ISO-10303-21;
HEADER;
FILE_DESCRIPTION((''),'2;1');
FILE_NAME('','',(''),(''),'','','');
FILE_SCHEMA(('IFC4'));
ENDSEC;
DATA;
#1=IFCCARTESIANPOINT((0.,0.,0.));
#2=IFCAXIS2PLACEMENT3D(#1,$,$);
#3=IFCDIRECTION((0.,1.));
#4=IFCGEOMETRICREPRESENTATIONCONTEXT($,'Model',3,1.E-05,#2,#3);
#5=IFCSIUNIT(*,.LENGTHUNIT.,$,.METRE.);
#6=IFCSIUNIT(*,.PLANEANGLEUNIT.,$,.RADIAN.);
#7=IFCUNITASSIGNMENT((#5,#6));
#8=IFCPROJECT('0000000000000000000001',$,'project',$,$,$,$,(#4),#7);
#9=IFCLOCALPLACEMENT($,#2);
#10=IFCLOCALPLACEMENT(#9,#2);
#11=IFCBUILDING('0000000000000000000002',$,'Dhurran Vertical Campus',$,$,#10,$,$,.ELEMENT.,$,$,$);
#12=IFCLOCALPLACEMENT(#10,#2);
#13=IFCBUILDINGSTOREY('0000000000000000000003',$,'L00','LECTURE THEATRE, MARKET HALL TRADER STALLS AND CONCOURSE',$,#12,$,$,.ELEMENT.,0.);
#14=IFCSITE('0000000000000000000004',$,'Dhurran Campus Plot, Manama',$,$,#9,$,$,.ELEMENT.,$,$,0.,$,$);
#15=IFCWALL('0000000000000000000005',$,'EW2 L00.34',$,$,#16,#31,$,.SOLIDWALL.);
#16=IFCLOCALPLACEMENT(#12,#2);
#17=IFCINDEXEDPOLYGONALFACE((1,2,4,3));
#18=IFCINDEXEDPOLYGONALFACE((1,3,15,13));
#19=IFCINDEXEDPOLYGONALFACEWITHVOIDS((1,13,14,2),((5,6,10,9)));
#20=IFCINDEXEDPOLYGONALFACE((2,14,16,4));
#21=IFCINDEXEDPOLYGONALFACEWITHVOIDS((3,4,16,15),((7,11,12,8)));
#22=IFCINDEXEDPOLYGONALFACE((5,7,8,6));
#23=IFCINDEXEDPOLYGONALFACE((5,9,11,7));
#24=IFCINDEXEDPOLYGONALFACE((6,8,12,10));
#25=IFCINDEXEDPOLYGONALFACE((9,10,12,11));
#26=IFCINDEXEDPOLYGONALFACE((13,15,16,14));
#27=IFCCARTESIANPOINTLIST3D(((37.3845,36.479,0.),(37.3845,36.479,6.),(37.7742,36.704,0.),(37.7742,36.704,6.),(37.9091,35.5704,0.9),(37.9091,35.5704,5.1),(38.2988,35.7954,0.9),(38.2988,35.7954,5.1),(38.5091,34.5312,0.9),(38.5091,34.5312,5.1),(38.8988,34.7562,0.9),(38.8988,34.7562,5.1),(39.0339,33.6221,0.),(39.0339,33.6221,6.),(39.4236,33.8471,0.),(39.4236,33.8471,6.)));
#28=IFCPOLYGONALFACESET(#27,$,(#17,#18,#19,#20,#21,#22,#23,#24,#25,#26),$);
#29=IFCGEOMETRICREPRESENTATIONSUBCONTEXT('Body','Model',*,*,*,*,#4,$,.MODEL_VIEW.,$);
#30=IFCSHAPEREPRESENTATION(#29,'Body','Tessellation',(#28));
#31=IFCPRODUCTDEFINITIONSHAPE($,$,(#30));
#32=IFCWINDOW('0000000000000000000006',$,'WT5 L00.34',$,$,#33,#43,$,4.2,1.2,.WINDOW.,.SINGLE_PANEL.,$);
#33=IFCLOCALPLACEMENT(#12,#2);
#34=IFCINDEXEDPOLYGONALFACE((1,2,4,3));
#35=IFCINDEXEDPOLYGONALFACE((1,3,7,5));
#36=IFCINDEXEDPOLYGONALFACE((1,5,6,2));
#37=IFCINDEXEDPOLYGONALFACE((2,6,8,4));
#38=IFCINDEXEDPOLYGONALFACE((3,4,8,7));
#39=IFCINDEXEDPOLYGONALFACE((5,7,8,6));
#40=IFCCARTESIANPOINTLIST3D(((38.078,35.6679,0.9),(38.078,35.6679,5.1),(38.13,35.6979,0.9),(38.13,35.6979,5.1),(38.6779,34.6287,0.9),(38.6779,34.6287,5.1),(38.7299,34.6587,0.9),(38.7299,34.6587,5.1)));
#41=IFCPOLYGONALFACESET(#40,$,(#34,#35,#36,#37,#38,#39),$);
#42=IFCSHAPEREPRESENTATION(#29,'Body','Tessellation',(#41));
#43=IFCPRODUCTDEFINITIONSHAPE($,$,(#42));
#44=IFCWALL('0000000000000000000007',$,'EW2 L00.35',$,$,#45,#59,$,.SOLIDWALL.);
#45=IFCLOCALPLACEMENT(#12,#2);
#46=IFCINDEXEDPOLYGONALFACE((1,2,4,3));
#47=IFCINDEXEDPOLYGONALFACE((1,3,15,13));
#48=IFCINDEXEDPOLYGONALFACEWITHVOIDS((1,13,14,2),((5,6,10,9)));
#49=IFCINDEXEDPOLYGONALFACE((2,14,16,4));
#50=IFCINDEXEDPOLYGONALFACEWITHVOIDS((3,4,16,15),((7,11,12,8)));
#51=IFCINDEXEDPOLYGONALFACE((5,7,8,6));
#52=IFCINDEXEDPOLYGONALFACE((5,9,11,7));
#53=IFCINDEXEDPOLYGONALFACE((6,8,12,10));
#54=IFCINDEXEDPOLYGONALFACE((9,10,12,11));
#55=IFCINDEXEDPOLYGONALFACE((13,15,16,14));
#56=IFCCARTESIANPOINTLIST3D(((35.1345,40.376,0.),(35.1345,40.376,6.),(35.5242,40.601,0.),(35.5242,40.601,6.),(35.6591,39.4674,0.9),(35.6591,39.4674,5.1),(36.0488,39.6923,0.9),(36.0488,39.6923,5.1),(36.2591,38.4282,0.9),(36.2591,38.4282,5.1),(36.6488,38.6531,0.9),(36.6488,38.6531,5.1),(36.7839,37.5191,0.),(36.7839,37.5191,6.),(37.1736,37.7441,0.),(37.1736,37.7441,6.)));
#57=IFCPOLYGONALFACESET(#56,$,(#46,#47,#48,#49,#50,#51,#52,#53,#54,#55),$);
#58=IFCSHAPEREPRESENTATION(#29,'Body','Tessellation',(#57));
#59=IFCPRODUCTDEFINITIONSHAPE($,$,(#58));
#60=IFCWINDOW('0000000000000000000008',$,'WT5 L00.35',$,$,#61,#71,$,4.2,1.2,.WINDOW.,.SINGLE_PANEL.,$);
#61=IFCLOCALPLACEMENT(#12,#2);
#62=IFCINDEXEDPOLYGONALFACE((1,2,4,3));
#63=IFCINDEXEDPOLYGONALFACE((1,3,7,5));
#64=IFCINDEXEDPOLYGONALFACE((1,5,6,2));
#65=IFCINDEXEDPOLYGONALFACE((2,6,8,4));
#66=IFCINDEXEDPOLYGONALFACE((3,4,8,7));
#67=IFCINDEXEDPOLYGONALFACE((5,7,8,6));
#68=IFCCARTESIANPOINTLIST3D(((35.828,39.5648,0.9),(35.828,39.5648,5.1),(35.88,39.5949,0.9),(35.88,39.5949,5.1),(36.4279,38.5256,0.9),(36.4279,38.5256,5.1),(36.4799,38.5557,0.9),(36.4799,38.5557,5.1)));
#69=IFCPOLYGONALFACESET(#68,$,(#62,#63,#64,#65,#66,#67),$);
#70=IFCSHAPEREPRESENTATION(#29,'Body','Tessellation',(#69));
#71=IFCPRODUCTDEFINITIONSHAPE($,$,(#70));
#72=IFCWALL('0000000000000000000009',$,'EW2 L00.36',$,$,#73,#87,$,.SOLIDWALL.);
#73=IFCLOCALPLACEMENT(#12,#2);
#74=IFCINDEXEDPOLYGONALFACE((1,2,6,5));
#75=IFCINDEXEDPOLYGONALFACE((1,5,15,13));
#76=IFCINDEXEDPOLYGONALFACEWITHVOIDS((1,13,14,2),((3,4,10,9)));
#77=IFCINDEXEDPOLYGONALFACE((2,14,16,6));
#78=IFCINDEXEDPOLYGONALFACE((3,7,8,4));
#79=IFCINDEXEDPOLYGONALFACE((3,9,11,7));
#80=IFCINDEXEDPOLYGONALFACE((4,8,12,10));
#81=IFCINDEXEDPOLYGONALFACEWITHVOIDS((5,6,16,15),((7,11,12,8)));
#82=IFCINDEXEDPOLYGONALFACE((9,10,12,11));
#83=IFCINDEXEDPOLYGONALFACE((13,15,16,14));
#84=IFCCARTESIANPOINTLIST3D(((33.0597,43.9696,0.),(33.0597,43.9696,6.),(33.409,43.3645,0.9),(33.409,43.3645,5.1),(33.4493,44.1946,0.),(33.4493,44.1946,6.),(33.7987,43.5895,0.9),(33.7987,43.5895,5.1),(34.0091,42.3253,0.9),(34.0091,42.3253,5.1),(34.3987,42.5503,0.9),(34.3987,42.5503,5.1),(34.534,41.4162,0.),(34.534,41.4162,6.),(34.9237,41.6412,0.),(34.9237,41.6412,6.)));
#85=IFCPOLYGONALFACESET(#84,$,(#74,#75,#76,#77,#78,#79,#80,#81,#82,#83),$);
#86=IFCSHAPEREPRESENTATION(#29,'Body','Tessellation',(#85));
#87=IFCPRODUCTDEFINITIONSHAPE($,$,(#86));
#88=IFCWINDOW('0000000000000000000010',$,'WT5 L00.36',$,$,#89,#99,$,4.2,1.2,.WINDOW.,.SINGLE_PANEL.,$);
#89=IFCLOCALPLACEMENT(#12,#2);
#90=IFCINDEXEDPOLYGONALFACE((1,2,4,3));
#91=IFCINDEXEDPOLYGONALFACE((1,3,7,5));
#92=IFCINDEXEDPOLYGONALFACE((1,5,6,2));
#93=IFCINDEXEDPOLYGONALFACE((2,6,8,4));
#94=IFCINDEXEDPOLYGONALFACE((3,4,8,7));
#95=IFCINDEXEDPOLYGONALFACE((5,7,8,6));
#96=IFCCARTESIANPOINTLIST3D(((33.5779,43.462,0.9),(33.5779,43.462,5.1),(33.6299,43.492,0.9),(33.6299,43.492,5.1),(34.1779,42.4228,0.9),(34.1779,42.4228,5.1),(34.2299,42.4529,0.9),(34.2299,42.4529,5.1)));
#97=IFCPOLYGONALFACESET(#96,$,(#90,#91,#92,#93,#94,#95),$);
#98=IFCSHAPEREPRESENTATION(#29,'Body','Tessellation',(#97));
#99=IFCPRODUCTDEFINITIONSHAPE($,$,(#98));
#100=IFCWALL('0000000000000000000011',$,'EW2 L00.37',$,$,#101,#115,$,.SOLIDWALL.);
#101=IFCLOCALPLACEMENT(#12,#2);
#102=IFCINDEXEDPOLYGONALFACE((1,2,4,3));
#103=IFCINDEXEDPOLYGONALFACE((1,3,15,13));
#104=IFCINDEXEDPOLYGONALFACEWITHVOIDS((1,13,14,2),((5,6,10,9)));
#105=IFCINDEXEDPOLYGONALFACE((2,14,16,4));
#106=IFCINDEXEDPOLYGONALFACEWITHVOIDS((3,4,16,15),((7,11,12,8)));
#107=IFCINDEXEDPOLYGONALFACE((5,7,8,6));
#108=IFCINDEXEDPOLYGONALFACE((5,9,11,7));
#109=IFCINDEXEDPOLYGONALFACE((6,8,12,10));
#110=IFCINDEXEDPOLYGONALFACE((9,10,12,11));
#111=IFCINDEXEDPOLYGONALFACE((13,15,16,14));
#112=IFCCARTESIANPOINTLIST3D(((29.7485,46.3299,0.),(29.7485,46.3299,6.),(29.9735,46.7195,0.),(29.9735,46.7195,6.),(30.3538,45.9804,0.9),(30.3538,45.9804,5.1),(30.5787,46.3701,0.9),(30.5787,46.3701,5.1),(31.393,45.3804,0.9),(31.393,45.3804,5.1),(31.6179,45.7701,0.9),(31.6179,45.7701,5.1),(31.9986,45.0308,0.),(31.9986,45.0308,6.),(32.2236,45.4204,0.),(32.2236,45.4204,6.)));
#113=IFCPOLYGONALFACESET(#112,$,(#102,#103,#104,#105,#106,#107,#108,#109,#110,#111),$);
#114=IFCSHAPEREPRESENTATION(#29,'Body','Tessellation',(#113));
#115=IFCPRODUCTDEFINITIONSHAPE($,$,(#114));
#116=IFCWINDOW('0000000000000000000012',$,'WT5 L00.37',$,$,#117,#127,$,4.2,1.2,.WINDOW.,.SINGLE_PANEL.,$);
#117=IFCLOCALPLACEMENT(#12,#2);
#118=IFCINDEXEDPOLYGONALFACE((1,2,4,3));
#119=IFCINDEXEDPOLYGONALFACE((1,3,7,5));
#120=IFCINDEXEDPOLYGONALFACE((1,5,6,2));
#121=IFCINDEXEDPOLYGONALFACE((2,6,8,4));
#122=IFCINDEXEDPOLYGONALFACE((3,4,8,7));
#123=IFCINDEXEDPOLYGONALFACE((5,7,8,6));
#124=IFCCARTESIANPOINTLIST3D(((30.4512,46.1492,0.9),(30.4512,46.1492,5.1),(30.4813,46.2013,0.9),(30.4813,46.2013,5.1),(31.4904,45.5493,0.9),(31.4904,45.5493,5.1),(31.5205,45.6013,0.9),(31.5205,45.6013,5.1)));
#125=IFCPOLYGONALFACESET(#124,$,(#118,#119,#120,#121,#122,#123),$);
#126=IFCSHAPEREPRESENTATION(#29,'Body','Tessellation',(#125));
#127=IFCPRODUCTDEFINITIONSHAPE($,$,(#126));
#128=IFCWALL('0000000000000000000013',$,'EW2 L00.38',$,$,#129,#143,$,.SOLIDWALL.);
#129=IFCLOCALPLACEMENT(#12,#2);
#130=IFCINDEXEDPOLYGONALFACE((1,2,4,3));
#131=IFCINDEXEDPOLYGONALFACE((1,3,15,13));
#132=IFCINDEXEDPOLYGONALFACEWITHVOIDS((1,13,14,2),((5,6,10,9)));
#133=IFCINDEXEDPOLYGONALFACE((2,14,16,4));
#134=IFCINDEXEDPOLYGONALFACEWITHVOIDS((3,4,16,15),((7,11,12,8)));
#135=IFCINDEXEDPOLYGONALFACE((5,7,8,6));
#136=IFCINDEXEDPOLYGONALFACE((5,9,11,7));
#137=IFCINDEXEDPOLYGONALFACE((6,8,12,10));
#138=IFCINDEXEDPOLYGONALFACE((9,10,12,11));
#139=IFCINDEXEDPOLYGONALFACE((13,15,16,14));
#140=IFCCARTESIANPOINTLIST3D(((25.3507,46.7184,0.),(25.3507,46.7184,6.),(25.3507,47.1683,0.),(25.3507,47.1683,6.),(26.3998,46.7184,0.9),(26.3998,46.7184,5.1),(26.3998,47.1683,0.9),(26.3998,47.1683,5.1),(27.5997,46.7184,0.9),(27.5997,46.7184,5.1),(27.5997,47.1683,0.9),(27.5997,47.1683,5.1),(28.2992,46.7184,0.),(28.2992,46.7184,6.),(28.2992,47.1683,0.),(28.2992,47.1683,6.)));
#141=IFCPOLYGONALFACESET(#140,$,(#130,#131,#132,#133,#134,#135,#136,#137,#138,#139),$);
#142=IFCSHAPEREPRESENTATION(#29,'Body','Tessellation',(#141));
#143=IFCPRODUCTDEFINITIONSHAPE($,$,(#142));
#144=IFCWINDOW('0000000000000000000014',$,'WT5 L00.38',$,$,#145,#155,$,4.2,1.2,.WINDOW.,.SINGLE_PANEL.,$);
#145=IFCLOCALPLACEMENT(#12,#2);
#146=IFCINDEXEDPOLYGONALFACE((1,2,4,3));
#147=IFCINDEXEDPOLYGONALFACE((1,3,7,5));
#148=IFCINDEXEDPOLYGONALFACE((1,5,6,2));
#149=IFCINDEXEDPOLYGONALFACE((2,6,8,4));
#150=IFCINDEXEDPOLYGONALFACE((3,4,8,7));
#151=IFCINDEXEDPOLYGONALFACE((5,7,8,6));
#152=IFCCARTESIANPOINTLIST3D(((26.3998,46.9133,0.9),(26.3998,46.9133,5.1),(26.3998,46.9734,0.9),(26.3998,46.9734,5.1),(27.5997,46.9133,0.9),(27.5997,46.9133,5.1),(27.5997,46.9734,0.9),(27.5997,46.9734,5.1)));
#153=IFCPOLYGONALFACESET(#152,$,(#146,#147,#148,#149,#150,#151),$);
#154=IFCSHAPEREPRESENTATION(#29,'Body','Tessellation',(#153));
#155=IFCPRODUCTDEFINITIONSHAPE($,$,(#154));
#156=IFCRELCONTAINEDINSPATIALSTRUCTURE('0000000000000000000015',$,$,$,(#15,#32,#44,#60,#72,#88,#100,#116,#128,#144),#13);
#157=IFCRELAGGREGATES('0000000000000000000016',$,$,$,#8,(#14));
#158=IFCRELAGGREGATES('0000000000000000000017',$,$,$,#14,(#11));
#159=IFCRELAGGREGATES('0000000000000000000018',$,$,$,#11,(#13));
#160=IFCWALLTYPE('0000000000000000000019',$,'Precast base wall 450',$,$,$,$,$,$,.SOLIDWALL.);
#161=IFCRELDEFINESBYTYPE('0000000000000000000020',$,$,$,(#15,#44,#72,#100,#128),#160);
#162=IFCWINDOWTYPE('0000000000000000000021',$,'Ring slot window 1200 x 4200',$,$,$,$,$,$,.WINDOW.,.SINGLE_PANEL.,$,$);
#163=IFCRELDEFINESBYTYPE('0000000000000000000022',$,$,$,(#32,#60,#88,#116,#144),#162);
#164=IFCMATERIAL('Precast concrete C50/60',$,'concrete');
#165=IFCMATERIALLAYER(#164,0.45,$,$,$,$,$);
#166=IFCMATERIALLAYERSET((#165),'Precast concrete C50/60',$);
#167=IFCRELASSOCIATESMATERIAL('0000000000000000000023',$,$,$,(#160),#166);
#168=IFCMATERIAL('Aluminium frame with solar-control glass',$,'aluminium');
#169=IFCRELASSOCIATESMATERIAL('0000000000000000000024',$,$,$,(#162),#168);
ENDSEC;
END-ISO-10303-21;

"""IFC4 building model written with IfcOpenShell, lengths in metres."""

from ifc_helpers import new_model, si_unit, direction, frame, frame_2d, origin, place, context, subcontext, project, spatial, rectangle, extrude, material, layer, layer_set, type_object, element, fill, save


model = new_model("IFC4")

# Units and contexts
model_context = context("Model", 3, precision=1e-05, world=origin(), true_north=direction((0.0, 1.0)))
body_context = subcontext(model_context, "Body", "Model", "MODEL_VIEW")
ifc_project = project(units=[si_unit("LENGTHUNIT", "METRE"), si_unit("PLANEANGLEUNIT", "RADIAN")], contexts=[model_context])

# Site, building, storey
site_placement = place(None, origin())
site = spatial("IfcSite", under=ifc_project, at=site_placement, Name="Dhurran Campus Plot, Manama", CompositionType="ELEMENT", RefElevation=0.0)
building_placement = place(site_placement, origin())
building = spatial("IfcBuilding", under=site, at=building_placement, Name="Dhurran Vertical Campus", CompositionType="ELEMENT")
storey_placement = place(building_placement, origin())
storey = spatial("IfcBuildingStorey", under=building, at=storey_placement, Name="L00", Description="LECTURE THEATRE, MARKET HALL TRADER STALLS AND CONCOURSE", CompositionType="ELEMENT", Elevation=0.0)

# Walls, openings, windows
ifc_material_1 = material(Name="Precast concrete C50/60", Category="concrete")
ifc_layer_1 = layer(ifc_material_1, 0.45)
ifc_layer_set_1 = layer_set([ifc_layer_1], Name="Precast concrete C50/60")
wall_type_1 = type_object("IfcWallType", Name="Precast base wall 450", PredefinedType="SOLIDWALL", material=ifc_layer_set_1)
ifc_material_2 = material(Name="Aluminium frame with solar-control glass", Category="aluminium")
window_type = type_object("IfcWindowType", Name="Ring slot window 1200 x 4200", PartitioningType="SINGLE_PANEL", PredefinedType="WINDOW", material=ifc_material_2)
wall_1_placement = place(storey_placement, frame((39.2288, 33.7346, 0.0), z_axis=(0.0, 0.0, 1.0), x_axis=(-0.499992, 0.86603, 0.0)))
wall_1 = element("IfcWall", 1, at=wall_1_placement, inside=storey, type_object=wall_type_1, Name="EW2 L00.34", PredefinedType="SOLIDWALL", context=body_context, shape_type="SweptSolid", body=[
    extrude(rectangle(XDim=3.2988, YDim=0.45, at=frame_2d((1.6494, 0.0))), origin(), (0.0, 0.0, 1.0), 6.0),
])
opening_1_placement = place(wall_1_placement, frame((1.0496, 0.0, 0.8999)))
opening_1 = element("IfcOpeningElement", 2, at=opening_1_placement, cuts=wall_1, PredefinedType="OPENING", context=body_context, shape_type="SweptSolid", body=[
    extrude(rectangle(XDim=1.2, YDim=4.2, at=frame_2d((0.6001, 2.1001))), frame((0.0, 0.2349, 0.0), z_axis=(0.0, -1.0, 0.0), x_axis=(1.0, 0.0, 0.0)), (0.0, 0.0, 1.0), 0.47),
])
window_1_placement = place(opening_1_placement, origin())
window_1 = element("IfcWindow", 3, at=window_1_placement, inside=storey, type_object=window_type, Name="WT5 L00.34", OverallHeight=4.2, OverallWidth=1.2, PartitioningType="SINGLE_PANEL", PredefinedType="WINDOW", context=body_context, shape_type="SweptSolid", body=[
    extrude(rectangle(XDim=1.2, YDim=4.2, at=frame_2d((0.6001, 2.1001))), frame((0.0, 0.03, 0.0), z_axis=(0.0, -1.0, 0.0), x_axis=(1.0, 0.0, 0.0)), (0.0, 0.0, 1.0), 0.0601),
])
fill(opening_1, window_1)
wall_2_placement = place(storey_placement, frame((36.9788, 37.6316, 0.0), z_axis=(0.0, 0.0, 1.0), x_axis=(-0.499992, 0.86603, 0.0)))
wall_2 = element("IfcWall", 4, at=wall_2_placement, inside=storey, type_object=wall_type_1, Name="EW2 L00.35", PredefinedType="SOLIDWALL", context=body_context, shape_type="SweptSolid", body=[
    extrude(rectangle(XDim=3.2988, YDim=0.45, at=frame_2d((1.6494, 0.0))), origin(), (0.0, 0.0, 1.0), 6.0),
])
opening_2_placement = place(wall_2_placement, frame((1.0496, 0.0, 0.8999)))
opening_2 = element("IfcOpeningElement", 5, at=opening_2_placement, cuts=wall_2, PredefinedType="OPENING", context=body_context, shape_type="SweptSolid", body=[
    extrude(rectangle(XDim=1.2, YDim=4.2, at=frame_2d((0.6001, 2.1001))), frame((0.0, 0.2349, 0.0), z_axis=(0.0, -1.0, 0.0), x_axis=(1.0, 0.0, 0.0)), (0.0, 0.0, 1.0), 0.47),
])
window_2_placement = place(opening_2_placement, origin())
window_2 = element("IfcWindow", 6, at=window_2_placement, inside=storey, type_object=window_type, Name="WT5 L00.35", OverallHeight=4.2, OverallWidth=1.2, PartitioningType="SINGLE_PANEL", PredefinedType="WINDOW", context=body_context, shape_type="SweptSolid", body=[
    extrude(rectangle(XDim=1.2, YDim=4.2, at=frame_2d((0.6001, 2.1001))), frame((0.0, 0.03, 0.0), z_axis=(0.0, -1.0, 0.0), x_axis=(1.0, 0.0, 0.0)), (0.0, 0.0, 1.0), 0.0601),
])
fill(opening_2, window_2)
wall_3_placement = place(storey_placement, frame((34.7288, 41.5288, 0.0), z_axis=(0.0, 0.0, 1.0), x_axis=(-0.500031, 0.866008, 0.0)))
wall_3 = element("IfcWall", 7, at=wall_3_placement, inside=storey, type_object=wall_type_1, Name="EW2 L00.36", PredefinedType="SOLIDWALL", context=body_context, shape_type="SweptSolid", body=[
    extrude(rectangle(XDim=2.9485, YDim=0.45, at=frame_2d((1.4741, 0.0))), origin(), (0.0, 0.0, 1.0), 6.0),
])
opening_3_placement = place(wall_3_placement, frame((1.0496, 0.0, 0.8999)))
opening_3 = element("IfcOpeningElement", 8, at=opening_3_placement, cuts=wall_3, PredefinedType="OPENING", context=body_context, shape_type="SweptSolid", body=[
    extrude(rectangle(XDim=1.2, YDim=4.2, at=frame_2d((0.6001, 2.1001))), frame((0.0, 0.2349, 0.0), z_axis=(0.0, -1.0, 0.0), x_axis=(1.0, 0.0, 0.0)), (0.0, 0.0, 1.0), 0.47),
])
window_3_placement = place(opening_3_placement, origin())
window_3 = element("IfcWindow", 9, at=window_3_placement, inside=storey, type_object=window_type, Name="WT5 L00.36", OverallHeight=4.2, OverallWidth=1.2, PartitioningType="SINGLE_PANEL", PredefinedType="WINDOW", context=body_context, shape_type="SweptSolid", body=[
    extrude(rectangle(XDim=1.2, YDim=4.2, at=frame_2d((0.6001, 2.1001))), frame((0.0, 0.03, 0.0), z_axis=(0.0, -1.0, 0.0), x_axis=(1.0, 0.0, 0.0)), (0.0, 0.0, 1.0), 0.0601),
])
fill(opening_3, window_3)
wall_4_placement = place(storey_placement, frame((32.1111, 45.2256, 0.0), z_axis=(0.0, 0.0, 1.0), x_axis=(-0.86602, 0.50001, 0.0)))
wall_4 = element("IfcWall", 10, at=wall_4_placement, inside=storey, type_object=wall_type_1, Name="EW2 L00.37", PredefinedType="SOLIDWALL", context=body_context, shape_type="SweptSolid", body=[
    extrude(rectangle(XDim=2.5981, YDim=0.45, at=frame_2d((1.2991, 0.0))), origin(), (0.0, 0.0, 1.0), 6.0),
])
opening_4_placement = place(wall_4_placement, frame((0.6992, 0.0, 0.8999)))
opening_4 = element("IfcOpeningElement", 11, at=opening_4_placement, cuts=wall_4, PredefinedType="OPENING", context=body_context, shape_type="SweptSolid", body=[
    extrude(rectangle(XDim=1.2, YDim=4.2, at=frame_2d((0.6001, 2.1001))), frame((0.0, 0.2349, 0.0), z_axis=(0.0, -1.0, 0.0), x_axis=(1.0, 0.0, 0.0)), (0.0, 0.0, 1.0), 0.47),
])
window_4_placement = place(opening_4_placement, origin())
window_4 = element("IfcWindow", 12, at=window_4_placement, inside=storey, type_object=window_type, Name="WT5 L00.37", OverallHeight=4.2, OverallWidth=1.2, PartitioningType="SINGLE_PANEL", PredefinedType="WINDOW", context=body_context, shape_type="SweptSolid", body=[
    extrude(rectangle(XDim=1.2, YDim=4.2, at=frame_2d((0.6001, 2.1001))), frame((0.0, 0.03, 0.0), z_axis=(0.0, -1.0, 0.0), x_axis=(1.0, 0.0, 0.0)), (0.0, 0.0, 1.0), 0.0601),
])
fill(opening_4, window_4)
wall_5_placement = place(storey_placement, frame((28.2991, 46.9434, 0.0), z_axis=(0.0, 0.0, 1.0), x_axis=(-1.0, 0.0, 0.0)))
wall_5 = element("IfcWall", 13, at=wall_5_placement, inside=storey, type_object=wall_type_1, Name="EW2 L00.38", PredefinedType="SOLIDWALL", context=body_context, shape_type="SweptSolid", body=[
    extrude(rectangle(XDim=2.9485, YDim=0.45, at=frame_2d((1.4741, 0.0))), origin(), (0.0, 0.0, 1.0), 6.0),
])
opening_5_placement = place(wall_5_placement, frame((0.6992, 0.0, 0.8999)))
opening_5 = element("IfcOpeningElement", 14, at=opening_5_placement, cuts=wall_5, PredefinedType="OPENING", context=body_context, shape_type="SweptSolid", body=[
    extrude(rectangle(XDim=1.2, YDim=4.2, at=frame_2d((0.6001, 2.1001))), frame((0.0, 0.2349, 0.0), z_axis=(0.0, -1.0, 0.0), x_axis=(1.0, 0.0, 0.0)), (0.0, 0.0, 1.0), 0.47),
])
window_5_placement = place(opening_5_placement, origin())
window_5 = element("IfcWindow", 15, at=window_5_placement, inside=storey, type_object=window_type, Name="WT5 L00.38", OverallHeight=4.2, OverallWidth=1.2, PartitioningType="SINGLE_PANEL", PredefinedType="WINDOW", context=body_context, shape_type="SweptSolid", body=[
    extrude(rectangle(XDim=1.2, YDim=4.2, at=frame_2d((0.6001, 2.1001))), frame((0.0, 0.03, 0.0), z_axis=(0.0, -1.0, 0.0), x_axis=(1.0, 0.0, 0.0)), (0.0, 0.0, 1.0), 0.0601),
])
fill(opening_5, window_5)

save(model, "model.ifc")
